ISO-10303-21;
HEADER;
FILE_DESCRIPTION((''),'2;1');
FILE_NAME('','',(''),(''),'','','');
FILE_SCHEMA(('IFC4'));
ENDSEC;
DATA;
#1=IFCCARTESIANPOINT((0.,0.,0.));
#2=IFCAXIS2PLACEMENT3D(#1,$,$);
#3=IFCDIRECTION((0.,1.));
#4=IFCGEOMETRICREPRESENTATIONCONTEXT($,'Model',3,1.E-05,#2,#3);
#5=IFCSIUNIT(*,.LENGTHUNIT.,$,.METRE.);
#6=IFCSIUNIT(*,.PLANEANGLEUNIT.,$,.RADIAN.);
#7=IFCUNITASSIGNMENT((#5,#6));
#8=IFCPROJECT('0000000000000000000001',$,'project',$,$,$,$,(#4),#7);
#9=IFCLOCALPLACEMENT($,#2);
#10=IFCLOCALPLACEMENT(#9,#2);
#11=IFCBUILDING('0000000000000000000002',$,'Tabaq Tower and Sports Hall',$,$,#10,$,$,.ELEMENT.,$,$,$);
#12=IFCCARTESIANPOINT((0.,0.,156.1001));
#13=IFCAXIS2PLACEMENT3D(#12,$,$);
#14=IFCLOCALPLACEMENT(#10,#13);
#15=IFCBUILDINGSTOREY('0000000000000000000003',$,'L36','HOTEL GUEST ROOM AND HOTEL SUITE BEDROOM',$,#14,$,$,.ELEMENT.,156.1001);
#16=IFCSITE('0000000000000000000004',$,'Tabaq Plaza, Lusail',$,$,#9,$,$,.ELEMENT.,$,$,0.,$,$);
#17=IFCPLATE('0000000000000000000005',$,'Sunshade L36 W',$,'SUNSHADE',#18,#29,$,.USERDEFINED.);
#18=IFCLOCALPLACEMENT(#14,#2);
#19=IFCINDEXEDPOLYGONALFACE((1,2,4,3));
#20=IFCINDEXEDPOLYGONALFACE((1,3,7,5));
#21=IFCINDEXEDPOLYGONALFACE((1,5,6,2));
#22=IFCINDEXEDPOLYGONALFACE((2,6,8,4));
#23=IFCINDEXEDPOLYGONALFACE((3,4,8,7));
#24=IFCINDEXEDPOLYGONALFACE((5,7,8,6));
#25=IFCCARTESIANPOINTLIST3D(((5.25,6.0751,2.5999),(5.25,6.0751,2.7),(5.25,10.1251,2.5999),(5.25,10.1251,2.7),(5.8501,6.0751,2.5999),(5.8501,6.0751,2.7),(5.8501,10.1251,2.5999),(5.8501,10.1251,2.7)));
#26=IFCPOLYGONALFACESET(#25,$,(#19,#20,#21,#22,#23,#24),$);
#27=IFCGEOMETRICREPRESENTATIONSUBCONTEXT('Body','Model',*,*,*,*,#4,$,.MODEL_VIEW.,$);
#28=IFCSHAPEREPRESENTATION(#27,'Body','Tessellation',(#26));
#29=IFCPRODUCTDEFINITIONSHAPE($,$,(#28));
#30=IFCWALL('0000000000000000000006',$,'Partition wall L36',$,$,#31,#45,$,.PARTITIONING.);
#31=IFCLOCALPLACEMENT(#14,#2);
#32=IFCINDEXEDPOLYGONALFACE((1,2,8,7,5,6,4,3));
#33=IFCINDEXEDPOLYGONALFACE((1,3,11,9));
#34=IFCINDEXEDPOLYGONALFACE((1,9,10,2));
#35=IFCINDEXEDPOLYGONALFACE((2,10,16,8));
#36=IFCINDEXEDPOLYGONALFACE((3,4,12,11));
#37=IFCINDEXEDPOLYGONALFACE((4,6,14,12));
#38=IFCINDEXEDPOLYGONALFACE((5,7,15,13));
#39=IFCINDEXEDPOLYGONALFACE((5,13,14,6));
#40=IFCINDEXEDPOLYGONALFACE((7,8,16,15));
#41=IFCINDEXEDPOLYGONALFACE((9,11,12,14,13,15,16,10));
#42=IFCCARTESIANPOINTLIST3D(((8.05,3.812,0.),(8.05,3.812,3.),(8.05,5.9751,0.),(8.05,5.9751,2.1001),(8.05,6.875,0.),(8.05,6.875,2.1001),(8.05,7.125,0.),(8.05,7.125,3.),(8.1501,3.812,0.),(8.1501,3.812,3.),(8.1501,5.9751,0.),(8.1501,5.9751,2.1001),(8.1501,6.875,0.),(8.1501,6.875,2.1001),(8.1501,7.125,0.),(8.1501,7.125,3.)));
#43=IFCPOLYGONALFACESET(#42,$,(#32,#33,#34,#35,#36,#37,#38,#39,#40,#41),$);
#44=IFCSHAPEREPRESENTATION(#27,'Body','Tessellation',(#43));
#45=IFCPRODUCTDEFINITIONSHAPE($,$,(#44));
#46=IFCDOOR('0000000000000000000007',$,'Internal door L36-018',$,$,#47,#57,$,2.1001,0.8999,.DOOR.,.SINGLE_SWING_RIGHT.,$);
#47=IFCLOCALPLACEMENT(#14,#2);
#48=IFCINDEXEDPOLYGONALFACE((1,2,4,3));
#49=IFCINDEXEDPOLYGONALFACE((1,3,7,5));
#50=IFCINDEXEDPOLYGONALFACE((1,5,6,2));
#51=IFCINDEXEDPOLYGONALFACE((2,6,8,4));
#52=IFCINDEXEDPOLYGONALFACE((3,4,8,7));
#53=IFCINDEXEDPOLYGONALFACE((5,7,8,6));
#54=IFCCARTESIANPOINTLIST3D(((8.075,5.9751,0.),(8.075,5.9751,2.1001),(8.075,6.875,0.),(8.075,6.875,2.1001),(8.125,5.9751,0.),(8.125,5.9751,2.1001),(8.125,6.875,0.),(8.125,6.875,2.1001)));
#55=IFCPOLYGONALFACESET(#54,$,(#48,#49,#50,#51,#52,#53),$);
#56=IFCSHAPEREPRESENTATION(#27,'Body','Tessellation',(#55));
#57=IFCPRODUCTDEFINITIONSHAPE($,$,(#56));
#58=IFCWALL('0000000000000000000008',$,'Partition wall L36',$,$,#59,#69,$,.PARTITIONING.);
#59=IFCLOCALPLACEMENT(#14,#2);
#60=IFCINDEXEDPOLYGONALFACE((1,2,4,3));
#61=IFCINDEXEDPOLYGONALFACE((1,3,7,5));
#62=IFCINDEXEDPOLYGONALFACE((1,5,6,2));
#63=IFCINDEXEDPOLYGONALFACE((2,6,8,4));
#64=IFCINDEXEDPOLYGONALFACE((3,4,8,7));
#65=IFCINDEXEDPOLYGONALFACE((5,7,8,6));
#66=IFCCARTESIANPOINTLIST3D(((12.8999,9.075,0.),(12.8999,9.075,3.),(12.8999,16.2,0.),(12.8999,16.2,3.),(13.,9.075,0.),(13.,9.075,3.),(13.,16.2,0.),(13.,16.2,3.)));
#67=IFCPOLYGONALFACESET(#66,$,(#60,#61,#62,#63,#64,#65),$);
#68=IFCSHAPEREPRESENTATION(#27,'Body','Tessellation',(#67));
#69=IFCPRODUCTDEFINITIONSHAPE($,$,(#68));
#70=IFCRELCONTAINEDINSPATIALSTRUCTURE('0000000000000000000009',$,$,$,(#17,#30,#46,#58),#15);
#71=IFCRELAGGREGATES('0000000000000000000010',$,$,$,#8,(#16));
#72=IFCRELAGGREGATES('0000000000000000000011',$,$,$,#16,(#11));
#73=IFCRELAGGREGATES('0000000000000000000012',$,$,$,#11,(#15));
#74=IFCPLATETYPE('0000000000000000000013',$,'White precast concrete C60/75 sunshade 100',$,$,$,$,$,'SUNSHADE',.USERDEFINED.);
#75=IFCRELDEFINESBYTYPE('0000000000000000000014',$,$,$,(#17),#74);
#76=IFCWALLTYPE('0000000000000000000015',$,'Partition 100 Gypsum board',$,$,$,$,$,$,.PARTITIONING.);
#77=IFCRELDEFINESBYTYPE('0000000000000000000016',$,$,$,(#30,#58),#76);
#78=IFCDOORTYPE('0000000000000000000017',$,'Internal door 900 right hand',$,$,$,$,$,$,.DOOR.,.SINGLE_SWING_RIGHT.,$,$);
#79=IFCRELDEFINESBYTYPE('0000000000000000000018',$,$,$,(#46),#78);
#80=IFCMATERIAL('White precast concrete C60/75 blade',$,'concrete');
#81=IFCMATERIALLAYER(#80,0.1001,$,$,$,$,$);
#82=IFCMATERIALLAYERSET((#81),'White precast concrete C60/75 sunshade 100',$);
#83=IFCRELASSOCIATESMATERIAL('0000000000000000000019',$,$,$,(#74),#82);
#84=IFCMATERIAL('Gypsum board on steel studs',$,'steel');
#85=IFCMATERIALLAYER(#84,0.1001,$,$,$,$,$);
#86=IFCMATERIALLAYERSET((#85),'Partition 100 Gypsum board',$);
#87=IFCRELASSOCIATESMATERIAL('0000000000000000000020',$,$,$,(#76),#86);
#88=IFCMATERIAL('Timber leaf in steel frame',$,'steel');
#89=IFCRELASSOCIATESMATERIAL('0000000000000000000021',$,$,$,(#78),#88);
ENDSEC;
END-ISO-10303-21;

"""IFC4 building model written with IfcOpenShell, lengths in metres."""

from ifc_helpers import new_model, si_unit, direction, frame, frame_2d, origin, origin_2d, place, context, subcontext, project, spatial, rectangle, extrude, material, layer, layer_set, type_object, element, fill, save


model = new_model("IFC4")

# Units and contexts
model_context = context("Model", 3, precision=1e-05, world=origin(), true_north=direction((0.0, 1.0)))
body_context = subcontext(model_context, "Body", "Model", "MODEL_VIEW")
ifc_project = project(units=[si_unit("LENGTHUNIT", "METRE"), si_unit("PLANEANGLEUNIT", "RADIAN")], contexts=[model_context])

# Site, building, storey
site_placement = place(None, origin())
site = spatial("IfcSite", under=ifc_project, at=site_placement, Name="Tabaq Plaza, Lusail", CompositionType="ELEMENT", RefElevation=0.0)
building_placement = place(site_placement, origin())
building = spatial("IfcBuilding", under=site, at=building_placement, Name="Tabaq Tower and Sports Hall", CompositionType="ELEMENT")
storey_placement = place(building_placement, frame((0.0, 0.0, 156.1001)))
storey = spatial("IfcBuildingStorey", under=building, at=storey_placement, Name="L36", Description="HOTEL GUEST ROOM AND HOTEL SUITE BEDROOM", CompositionType="ELEMENT", Elevation=156.1001)

# Plate
ifc_material_1 = material(Name="White precast concrete C60/75 blade", Category="concrete")
ifc_layer_1 = layer(ifc_material_1, 0.1001)
ifc_layer_set_1 = layer_set([ifc_layer_1], Name="White precast concrete C60/75 sunshade 100")
plate_type = type_object("IfcPlateType", Name="White precast concrete C60/75 sunshade 100", ElementType="SUNSHADE", PredefinedType="USERDEFINED", material=ifc_layer_set_1)
plate_placement = place(storey_placement, frame((5.55, 8.1001, 2.5999), z_axis=(0.0, 0.0, 1.0), x_axis=(0.0, -1.0, 0.0)))
element("IfcPlate", 1, at=plate_placement, inside=storey, type_object=plate_type, Name="Sunshade L36 W", ObjectType="SUNSHADE", PredefinedType="USERDEFINED", context=body_context, shape_type="SweptSolid", body=[
    extrude(rectangle(XDim=4.05, YDim=0.6001, at=origin_2d()), origin(), (0.0, 0.0, 1.0), 0.1001),
])

# Wall, opening, door
ifc_material_2 = material(Name="Gypsum board on steel studs", Category="steel")
ifc_layer_2 = layer(ifc_material_2, 0.1001)
ifc_layer_set_2 = layer_set([ifc_layer_2], Name="Partition 100 Gypsum board")
wall_type_1 = type_object("IfcWallType", Name="Partition 100 Gypsum board", PredefinedType="PARTITIONING", material=ifc_layer_set_2)
wall_1_placement = place(storey_placement, frame((8.1001, 7.125, 0.0), z_axis=(0.0, 0.0, 1.0), x_axis=(0.0, -1.0, 0.0)))
wall_1 = element("IfcWall", 2, at=wall_1_placement, inside=storey, type_object=wall_type_1, Name="Partition wall L36", PredefinedType="PARTITIONING", context=body_context, shape_type="SweptSolid", body=[
    extrude(rectangle(XDim=3.313, YDim=0.1001, at=frame_2d((1.6565, 0.0))), origin(), (0.0, 0.0, 1.0), 3.0),
])
opening_1_placement = place(wall_1_placement, frame((0.25, 0.0, 0.0)))
opening_1 = element("IfcOpeningElement", 3, at=opening_1_placement, cuts=wall_1, PredefinedType="OPENING", context=body_context, shape_type="SweptSolid", body=[
    extrude(rectangle(XDim=0.8999, YDim=2.1001, at=frame_2d((0.45, 1.05))), frame((0.0, 0.05, 0.0), z_axis=(0.0, -1.0, 0.0), x_axis=(1.0, 0.0, 0.0)), (0.0, 0.0, 1.0), 0.1001),
])
ifc_material_3 = material(Name="Timber leaf in steel frame", Category="steel")
door_type_1 = type_object("IfcDoorType", Name="Internal door 900 right hand", OperationType="SINGLE_SWING_RIGHT", PredefinedType="DOOR", material=ifc_material_3)
door_1_placement = place(opening_1_placement, origin())
door_1 = element("IfcDoor", 4, at=door_1_placement, inside=storey, type_object=door_type_1, Name="Internal door L36-018", OperationType="SINGLE_SWING_RIGHT", OverallHeight=2.1001, OverallWidth=0.8999, PredefinedType="DOOR", context=body_context, shape_type="SweptSolid", body=[
    extrude(rectangle(XDim=0.8999, YDim=2.1001, at=frame_2d((0.45, 1.05))), frame((0.0, 0.0249, 0.0), z_axis=(0.0, -1.0, 0.0), x_axis=(1.0, 0.0, 0.0)), (0.0, 0.0, 1.0), 0.05),
])
fill(opening_1, door_1)

# Wall
wall_2_placement = place(storey_placement, frame((12.95, 9.075, 0.0), z_axis=(0.0, 0.0, 1.0), x_axis=(0.0, 1.0, 0.0)))
element("IfcWall", 5, at=wall_2_placement, inside=storey, type_object=wall_type_1, Name="Partition wall L36", PredefinedType="PARTITIONING", context=body_context, shape_type="SweptSolid", body=[
    extrude(rectangle(XDim=7.125, YDim=0.1001, at=frame_2d((3.5625, 0.0))), origin(), (0.0, 0.0, 1.0), 3.0),
])

save(model, "model.ifc")
